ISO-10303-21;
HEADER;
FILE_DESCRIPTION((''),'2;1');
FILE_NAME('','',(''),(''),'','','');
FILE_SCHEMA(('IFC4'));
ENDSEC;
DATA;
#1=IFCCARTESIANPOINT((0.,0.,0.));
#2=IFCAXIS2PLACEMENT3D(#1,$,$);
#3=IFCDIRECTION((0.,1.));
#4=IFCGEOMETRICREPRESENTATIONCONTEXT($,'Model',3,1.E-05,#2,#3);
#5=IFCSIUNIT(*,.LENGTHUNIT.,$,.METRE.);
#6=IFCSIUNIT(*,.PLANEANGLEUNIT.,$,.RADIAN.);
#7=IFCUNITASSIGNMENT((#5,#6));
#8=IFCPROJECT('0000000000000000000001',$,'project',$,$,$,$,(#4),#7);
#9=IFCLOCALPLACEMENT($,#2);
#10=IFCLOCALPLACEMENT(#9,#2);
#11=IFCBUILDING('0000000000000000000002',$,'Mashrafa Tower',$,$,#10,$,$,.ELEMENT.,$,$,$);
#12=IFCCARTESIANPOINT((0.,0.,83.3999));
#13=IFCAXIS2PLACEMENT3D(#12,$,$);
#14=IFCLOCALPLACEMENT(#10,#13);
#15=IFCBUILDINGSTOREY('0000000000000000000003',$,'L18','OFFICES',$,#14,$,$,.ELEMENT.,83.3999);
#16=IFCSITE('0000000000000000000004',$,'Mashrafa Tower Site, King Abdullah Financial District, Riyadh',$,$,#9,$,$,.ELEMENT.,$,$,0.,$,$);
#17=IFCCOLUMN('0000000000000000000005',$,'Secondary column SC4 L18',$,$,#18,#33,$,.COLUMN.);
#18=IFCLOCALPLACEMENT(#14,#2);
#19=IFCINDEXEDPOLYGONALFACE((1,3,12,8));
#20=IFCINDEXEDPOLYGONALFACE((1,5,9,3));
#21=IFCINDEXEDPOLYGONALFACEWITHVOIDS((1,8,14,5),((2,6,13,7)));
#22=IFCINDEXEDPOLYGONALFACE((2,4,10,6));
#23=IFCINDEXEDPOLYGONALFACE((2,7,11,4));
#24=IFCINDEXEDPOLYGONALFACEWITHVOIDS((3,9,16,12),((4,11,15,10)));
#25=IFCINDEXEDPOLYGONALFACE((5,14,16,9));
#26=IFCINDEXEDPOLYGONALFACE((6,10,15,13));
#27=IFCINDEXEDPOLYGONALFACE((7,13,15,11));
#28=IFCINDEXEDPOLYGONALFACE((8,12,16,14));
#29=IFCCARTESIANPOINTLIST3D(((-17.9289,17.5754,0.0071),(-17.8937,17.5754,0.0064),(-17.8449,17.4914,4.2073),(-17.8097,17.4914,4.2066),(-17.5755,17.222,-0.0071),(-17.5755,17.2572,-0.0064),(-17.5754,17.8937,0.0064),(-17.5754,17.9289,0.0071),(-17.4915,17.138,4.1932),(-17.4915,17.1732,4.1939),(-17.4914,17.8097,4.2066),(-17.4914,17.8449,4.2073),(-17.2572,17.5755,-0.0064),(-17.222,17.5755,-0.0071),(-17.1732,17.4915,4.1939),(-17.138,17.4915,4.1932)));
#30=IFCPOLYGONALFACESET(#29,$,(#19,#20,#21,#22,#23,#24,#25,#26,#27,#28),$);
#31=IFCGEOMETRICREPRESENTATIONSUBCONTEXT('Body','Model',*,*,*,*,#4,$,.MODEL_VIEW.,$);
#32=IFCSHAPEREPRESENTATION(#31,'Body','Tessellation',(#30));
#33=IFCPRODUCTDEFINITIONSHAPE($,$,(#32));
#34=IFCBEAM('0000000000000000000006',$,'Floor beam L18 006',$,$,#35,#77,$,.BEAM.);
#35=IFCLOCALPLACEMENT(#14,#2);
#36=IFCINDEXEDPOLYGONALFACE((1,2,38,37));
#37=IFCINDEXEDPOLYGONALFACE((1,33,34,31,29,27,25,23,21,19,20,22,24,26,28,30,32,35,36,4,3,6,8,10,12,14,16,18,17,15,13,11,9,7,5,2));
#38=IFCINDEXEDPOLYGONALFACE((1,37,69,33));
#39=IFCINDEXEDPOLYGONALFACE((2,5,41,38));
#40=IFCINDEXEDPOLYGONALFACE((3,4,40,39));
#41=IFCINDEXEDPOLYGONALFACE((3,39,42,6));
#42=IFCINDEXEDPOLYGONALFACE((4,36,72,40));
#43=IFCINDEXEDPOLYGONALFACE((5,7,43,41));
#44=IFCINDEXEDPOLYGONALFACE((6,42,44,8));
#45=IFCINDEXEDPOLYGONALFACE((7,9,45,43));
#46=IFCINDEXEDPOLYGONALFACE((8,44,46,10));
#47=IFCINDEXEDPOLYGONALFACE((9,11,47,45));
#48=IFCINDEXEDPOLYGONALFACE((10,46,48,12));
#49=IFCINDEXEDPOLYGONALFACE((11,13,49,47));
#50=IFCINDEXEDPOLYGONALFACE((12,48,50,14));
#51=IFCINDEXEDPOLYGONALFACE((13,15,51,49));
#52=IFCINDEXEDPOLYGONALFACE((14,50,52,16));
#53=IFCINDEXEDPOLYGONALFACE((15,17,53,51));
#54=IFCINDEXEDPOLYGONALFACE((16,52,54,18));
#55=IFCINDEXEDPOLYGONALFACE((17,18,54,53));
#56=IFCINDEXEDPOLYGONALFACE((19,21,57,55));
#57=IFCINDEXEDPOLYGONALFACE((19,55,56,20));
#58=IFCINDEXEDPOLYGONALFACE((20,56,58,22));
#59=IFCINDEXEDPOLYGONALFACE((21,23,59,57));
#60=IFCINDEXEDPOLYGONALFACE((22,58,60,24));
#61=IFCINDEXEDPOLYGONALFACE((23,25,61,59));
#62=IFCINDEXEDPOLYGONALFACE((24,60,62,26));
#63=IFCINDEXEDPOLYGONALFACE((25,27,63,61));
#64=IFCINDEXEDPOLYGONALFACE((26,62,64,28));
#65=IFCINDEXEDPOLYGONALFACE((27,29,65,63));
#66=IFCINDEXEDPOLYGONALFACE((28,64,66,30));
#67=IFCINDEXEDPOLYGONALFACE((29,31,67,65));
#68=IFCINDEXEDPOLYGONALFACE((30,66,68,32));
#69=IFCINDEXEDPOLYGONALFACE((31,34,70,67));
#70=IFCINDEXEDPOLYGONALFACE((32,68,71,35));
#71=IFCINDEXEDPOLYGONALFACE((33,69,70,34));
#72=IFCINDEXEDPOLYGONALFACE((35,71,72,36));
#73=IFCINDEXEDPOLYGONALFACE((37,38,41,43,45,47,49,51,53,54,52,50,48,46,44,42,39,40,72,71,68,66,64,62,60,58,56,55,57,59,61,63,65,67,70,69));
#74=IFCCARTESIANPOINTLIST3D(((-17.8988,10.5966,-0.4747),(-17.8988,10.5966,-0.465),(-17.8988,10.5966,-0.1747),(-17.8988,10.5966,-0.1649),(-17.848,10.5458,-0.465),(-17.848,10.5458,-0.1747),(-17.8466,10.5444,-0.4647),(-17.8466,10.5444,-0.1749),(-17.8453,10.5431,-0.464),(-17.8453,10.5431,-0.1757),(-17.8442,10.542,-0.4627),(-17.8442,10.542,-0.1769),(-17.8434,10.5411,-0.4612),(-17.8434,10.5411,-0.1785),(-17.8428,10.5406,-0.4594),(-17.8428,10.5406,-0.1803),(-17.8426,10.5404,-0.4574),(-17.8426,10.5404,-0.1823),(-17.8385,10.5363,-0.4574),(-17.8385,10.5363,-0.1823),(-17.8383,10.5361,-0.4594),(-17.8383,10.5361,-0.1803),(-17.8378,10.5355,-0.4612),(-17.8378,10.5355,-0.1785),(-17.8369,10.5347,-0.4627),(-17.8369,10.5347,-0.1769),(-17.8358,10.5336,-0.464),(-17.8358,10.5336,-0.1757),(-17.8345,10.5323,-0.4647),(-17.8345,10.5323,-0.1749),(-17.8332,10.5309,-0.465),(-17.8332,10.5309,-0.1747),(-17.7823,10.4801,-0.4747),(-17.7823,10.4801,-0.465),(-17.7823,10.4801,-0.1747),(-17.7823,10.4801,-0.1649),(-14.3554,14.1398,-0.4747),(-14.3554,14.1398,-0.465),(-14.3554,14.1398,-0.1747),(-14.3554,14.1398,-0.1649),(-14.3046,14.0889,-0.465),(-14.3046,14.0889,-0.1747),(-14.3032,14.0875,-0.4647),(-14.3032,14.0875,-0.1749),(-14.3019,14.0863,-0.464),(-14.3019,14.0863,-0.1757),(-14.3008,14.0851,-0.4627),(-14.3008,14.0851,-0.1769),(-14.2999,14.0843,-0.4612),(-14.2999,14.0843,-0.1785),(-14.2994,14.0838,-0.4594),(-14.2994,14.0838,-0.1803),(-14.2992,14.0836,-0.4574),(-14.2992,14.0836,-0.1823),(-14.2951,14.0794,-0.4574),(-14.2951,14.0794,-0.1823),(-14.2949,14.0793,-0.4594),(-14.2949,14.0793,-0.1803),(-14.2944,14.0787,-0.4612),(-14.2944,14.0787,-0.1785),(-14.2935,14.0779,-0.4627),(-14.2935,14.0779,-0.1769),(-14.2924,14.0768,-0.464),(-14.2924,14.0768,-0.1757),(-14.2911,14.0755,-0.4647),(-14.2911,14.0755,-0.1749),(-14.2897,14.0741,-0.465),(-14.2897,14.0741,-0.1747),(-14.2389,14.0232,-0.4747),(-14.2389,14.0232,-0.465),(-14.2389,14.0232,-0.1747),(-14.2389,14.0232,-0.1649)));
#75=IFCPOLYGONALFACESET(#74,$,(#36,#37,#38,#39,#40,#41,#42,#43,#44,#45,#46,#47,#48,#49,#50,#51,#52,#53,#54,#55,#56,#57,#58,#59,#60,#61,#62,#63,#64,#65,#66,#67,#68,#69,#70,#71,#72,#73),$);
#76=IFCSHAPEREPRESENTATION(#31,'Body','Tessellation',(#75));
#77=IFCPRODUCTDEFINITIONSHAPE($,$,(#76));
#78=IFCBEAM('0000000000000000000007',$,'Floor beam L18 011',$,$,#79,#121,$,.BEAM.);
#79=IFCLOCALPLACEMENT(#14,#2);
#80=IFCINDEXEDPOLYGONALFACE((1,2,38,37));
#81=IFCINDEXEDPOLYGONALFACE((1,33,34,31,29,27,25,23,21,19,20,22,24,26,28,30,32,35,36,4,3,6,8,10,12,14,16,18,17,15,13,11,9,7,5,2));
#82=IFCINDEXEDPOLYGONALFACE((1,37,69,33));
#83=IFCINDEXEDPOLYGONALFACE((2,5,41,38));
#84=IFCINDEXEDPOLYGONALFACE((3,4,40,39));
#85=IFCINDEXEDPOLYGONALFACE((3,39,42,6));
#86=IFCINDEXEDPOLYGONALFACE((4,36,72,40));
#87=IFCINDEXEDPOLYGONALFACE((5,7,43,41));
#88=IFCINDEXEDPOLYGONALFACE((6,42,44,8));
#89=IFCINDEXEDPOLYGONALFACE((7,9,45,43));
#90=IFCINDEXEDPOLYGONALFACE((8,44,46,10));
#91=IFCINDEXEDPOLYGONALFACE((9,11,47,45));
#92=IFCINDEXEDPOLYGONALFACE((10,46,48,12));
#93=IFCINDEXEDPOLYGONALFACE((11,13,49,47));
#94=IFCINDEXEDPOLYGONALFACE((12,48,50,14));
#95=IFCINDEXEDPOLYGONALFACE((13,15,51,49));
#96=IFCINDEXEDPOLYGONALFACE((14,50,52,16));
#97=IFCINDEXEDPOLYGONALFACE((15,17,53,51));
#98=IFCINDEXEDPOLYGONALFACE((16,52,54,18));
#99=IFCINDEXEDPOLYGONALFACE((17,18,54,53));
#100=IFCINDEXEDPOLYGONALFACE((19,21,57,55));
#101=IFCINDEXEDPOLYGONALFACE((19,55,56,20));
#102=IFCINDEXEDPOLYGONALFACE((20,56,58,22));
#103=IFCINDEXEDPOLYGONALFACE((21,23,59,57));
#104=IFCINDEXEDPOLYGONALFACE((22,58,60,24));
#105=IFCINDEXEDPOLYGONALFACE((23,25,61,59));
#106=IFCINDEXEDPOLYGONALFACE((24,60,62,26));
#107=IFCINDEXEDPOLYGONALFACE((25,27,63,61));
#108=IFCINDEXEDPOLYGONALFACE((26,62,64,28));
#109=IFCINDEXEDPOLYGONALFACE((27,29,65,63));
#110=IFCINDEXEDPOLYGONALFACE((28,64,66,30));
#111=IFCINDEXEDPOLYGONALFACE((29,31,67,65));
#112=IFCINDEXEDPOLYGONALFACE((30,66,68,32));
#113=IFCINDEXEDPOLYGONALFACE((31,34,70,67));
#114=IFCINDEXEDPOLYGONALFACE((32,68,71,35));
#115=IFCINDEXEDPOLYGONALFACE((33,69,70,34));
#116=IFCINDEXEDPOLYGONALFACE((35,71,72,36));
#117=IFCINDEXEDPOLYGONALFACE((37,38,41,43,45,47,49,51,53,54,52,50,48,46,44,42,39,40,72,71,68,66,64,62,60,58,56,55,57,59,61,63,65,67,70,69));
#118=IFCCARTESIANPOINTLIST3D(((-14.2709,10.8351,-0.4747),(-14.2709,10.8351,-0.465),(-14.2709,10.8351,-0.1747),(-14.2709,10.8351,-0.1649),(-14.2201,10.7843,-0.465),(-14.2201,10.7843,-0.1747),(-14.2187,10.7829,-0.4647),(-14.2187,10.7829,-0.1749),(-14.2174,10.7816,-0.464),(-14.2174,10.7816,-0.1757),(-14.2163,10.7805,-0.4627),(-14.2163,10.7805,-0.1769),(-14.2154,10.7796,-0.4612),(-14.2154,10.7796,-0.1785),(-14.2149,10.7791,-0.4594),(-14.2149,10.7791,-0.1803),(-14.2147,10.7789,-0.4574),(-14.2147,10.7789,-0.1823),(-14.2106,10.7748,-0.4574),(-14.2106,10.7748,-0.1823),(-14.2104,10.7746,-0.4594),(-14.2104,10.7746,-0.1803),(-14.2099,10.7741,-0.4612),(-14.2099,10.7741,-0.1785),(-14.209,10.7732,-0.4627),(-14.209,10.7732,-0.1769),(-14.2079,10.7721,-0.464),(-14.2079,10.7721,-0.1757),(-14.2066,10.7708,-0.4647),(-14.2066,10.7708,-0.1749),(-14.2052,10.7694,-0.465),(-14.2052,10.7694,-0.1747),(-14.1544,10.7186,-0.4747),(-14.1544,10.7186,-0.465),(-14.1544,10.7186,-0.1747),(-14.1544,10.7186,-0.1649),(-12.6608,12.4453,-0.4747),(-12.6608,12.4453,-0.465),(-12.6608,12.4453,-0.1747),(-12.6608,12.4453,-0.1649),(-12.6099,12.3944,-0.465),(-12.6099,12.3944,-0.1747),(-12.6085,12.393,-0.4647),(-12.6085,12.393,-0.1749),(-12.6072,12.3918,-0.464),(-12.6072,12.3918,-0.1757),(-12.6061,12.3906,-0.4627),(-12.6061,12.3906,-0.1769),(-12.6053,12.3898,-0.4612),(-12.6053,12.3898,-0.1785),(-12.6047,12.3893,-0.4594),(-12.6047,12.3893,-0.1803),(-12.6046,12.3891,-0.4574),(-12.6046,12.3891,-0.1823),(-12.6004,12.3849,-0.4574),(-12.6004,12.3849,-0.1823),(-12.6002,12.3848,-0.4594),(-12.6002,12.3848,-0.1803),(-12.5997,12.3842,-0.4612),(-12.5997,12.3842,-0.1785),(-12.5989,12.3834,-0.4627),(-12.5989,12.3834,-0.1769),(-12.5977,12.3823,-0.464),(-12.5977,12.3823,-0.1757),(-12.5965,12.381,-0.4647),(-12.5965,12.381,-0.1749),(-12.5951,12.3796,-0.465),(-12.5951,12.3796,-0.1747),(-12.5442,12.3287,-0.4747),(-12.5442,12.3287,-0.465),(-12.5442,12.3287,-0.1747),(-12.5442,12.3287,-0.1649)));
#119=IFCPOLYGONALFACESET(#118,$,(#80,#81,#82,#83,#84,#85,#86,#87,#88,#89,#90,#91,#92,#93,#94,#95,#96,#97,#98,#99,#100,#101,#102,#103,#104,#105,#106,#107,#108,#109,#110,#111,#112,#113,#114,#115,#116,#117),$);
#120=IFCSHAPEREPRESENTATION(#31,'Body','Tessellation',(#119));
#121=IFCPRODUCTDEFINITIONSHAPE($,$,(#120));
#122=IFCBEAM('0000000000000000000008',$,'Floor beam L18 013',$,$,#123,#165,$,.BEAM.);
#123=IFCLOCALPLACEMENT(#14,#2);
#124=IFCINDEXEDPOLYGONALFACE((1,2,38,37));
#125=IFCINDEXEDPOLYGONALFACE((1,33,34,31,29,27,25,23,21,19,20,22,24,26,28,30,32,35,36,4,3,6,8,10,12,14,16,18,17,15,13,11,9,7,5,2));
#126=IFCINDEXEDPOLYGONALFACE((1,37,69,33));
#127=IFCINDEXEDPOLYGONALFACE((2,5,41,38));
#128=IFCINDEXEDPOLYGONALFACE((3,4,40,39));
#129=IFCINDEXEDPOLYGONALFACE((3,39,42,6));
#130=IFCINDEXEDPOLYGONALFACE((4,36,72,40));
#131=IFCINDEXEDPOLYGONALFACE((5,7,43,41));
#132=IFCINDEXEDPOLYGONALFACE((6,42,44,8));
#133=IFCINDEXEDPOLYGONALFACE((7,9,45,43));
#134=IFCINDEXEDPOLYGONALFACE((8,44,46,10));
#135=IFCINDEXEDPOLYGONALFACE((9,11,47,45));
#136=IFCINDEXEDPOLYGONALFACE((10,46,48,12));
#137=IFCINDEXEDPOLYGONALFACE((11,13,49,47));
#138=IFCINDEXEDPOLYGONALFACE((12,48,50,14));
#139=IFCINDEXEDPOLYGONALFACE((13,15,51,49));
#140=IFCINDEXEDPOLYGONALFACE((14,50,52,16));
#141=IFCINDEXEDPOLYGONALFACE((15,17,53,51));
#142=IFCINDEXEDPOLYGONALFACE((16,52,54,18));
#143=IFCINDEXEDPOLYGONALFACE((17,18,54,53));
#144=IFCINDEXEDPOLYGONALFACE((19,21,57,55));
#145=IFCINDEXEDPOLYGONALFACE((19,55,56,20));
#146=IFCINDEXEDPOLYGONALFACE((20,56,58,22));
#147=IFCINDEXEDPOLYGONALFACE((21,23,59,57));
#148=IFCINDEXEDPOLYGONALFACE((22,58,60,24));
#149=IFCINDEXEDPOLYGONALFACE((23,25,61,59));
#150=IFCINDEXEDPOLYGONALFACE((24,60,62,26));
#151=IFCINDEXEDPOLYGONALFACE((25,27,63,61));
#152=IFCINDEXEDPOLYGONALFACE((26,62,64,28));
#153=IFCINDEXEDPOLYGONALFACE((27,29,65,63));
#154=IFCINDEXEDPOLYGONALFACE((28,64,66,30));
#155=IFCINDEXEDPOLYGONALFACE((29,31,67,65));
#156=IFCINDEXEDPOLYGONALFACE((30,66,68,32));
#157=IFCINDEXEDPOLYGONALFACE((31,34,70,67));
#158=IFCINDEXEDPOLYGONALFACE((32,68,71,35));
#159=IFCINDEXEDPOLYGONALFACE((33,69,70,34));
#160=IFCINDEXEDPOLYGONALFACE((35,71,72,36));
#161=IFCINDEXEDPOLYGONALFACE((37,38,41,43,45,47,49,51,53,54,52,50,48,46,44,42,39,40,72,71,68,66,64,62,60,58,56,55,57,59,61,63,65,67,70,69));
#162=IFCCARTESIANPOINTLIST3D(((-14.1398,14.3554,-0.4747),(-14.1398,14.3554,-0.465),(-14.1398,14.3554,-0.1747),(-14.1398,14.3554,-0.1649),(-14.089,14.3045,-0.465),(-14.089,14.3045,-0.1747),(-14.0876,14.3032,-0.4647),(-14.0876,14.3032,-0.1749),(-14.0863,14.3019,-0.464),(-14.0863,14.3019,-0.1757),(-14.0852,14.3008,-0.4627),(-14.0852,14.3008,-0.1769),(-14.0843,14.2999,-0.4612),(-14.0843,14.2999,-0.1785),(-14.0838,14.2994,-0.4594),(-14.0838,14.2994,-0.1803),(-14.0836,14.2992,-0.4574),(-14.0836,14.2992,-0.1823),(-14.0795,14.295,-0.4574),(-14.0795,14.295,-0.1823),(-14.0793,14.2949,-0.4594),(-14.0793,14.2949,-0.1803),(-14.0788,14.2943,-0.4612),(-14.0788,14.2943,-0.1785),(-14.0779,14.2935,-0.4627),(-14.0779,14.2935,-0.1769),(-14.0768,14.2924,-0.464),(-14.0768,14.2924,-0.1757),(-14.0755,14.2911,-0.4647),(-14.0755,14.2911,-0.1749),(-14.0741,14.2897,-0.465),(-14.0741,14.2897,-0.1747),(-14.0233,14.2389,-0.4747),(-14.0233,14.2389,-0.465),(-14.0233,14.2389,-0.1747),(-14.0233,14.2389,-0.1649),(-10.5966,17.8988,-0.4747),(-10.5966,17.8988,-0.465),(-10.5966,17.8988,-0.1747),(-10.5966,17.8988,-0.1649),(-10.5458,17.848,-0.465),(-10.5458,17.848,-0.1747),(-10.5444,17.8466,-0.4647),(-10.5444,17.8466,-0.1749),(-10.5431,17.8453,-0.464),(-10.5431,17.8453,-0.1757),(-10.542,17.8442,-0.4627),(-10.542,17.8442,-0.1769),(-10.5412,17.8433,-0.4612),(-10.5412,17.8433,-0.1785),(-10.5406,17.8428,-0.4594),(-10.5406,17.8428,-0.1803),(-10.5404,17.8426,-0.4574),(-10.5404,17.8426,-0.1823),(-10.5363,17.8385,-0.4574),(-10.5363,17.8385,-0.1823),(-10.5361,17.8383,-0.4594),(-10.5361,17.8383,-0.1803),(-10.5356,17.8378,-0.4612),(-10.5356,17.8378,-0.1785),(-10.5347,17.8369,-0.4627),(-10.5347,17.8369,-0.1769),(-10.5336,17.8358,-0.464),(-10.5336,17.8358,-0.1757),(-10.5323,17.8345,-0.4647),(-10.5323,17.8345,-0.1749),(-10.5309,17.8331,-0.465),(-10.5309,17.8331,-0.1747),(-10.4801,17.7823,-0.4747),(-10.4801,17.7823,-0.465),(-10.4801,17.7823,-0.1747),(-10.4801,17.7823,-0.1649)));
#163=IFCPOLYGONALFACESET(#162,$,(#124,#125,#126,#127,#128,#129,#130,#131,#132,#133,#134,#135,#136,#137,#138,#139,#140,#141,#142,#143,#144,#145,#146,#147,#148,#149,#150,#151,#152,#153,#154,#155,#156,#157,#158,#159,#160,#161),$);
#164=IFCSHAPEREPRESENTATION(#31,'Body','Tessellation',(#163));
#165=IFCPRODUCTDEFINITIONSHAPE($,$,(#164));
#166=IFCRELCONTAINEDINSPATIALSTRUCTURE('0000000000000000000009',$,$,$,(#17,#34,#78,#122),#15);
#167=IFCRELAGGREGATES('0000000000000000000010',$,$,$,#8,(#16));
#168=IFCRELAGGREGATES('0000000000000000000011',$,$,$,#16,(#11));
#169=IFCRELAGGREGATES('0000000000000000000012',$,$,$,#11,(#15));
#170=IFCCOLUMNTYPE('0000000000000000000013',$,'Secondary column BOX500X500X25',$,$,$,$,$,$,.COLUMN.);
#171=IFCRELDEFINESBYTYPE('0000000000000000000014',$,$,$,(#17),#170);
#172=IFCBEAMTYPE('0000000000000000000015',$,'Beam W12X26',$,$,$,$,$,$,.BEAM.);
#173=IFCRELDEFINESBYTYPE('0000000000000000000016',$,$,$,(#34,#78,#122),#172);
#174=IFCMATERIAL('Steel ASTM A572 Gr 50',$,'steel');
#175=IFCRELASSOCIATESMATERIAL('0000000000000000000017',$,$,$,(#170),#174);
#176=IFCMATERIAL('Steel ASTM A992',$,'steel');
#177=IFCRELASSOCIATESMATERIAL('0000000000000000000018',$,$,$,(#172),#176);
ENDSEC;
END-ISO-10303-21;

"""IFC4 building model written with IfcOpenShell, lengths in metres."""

from ifc_helpers import new_model, si_unit, direction, frame, origin, origin_2d, place, context, subcontext, project, spatial, hollow_rectangle, i_section, extrude, material, material_profile, profile_set, type_object, element, save


model = new_model("IFC4")

# Units and contexts
model_context = context("Model", 3, precision=1e-05, world=origin(), true_north=direction((0.0, 1.0)))
body_context = subcontext(model_context, "Body", "Model", "MODEL_VIEW")
ifc_project = project(units=[si_unit("LENGTHUNIT", "METRE"), si_unit("PLANEANGLEUNIT", "RADIAN")], contexts=[model_context])

# Site, building, storey
site_placement = place(None, origin())
site = spatial("IfcSite", under=ifc_project, at=site_placement, Name="Mashrafa Tower Site, King Abdullah Financial District, Riyadh", CompositionType="ELEMENT", RefElevation=0.0)
building_placement = place(site_placement, origin())
building = spatial("IfcBuilding", under=site, at=building_placement, Name="Mashrafa Tower", CompositionType="ELEMENT")
storey_placement = place(building_placement, frame((0.0, 0.0, 83.3999)))
storey = spatial("IfcBuildingStorey", under=building, at=storey_placement, Name="L18", Description="OFFICES", CompositionType="ELEMENT", Elevation=83.3999)

# Column
ifc_material_1 = material(Name="Steel ASTM A572 Gr 50", Category="steel")
ifc_material_profile_1 = material_profile(ifc_material_1, hollow_rectangle(XDim=0.5, YDim=0.5, WallThickness=0.0249, at=origin_2d()), Name="BOX500X500X25")
ifc_profile_set_1 = profile_set([ifc_material_profile_1], Name="Steel ASTM A572 Gr 50")
column_type = type_object("IfcColumnType", Name="Secondary column BOX500X500X25", PredefinedType="COLUMN", material=ifc_profile_set_1)
column_placement = place(storey_placement, frame((-17.5754, 17.5754, 0.0), z_axis=(0.019987, -0.019987, 0.9996), x_axis=(0.707107, 0.707107, 0.0)))
element("IfcColumn", 1, at=column_placement, inside=storey, type_object=column_type, Name="Secondary column SC4 L18", PredefinedType="COLUMN", context=body_context, shape_type="SweptSolid", body=[
    extrude(hollow_rectangle(XDim=0.5, YDim=0.5, WallThickness=0.0249, at=origin_2d()), origin(), (0.0, 0.0, 1.0), 4.2019),
])

# Beams
ifc_material_2 = material(Name="Steel ASTM A992", Category="steel")
ifc_material_profile_2 = material_profile(ifc_material_2, i_section(OverallWidth=0.1648, OverallDepth=0.3098, WebThickness=0.0059, FlangeThickness=0.0098, FilletRadius=0.0076, at=origin_2d()), Name="W12X26")
ifc_profile_set_2 = profile_set([ifc_material_profile_2], Name="Steel ASTM A992")
beam_type_1 = type_object("IfcBeamType", Name="Beam W12X26", PredefinedType="BEAM", material=ifc_profile_set_2)
beam_1_placement = place(storey_placement, frame((-17.8406, 10.5383, -0.3198), z_axis=(0.707131, 0.707082, 0.0), x_axis=(-0.707082, 0.707131, 0.0)))
element("IfcBeam", 2, at=beam_1_placement, inside=storey, type_object=beam_type_1, Name="Floor beam L18 006", PredefinedType="BEAM", context=body_context, shape_type="SweptSolid", body=[
    extrude(i_section(OverallWidth=0.1648, OverallDepth=0.3098, WebThickness=0.0059, FlangeThickness=0.0098, FilletRadius=0.0076, at=origin_2d()), origin(), (0.0, 0.0, 1.0), 5.011),
])
beam_2_placement = place(storey_placement, frame((-14.2126, 10.7769, -0.3198), z_axis=(0.707107, 0.707107, 0.0), x_axis=(-0.707107, 0.707107, 0.0)))
element("IfcBeam", 3, at=beam_2_placement, inside=storey, type_object=beam_type_1, Name="Floor beam L18 011", PredefinedType="BEAM", context=body_context, shape_type="SweptSolid", body=[
    extrude(i_section(OverallWidth=0.1648, OverallDepth=0.3098, WebThickness=0.0059, FlangeThickness=0.0098, FilletRadius=0.0076, at=origin_2d()), origin(), (0.0, 0.0, 1.0), 2.2771),
])
beam_3_placement = place(storey_placement, frame((-14.0815, 14.2971, -0.3198), z_axis=(0.707082, 0.707131, 0.0), x_axis=(-0.707131, 0.707082, 0.0)))
element("IfcBeam", 4, at=beam_3_placement, inside=storey, type_object=beam_type_1, Name="Floor beam L18 013", PredefinedType="BEAM", context=body_context, shape_type="SweptSolid", body=[
    extrude(i_section(OverallWidth=0.1648, OverallDepth=0.3098, WebThickness=0.0059, FlangeThickness=0.0098, FilletRadius=0.0076, at=origin_2d()), origin(), (0.0, 0.0, 1.0), 5.011),
])

save(model, "model.ifc")
